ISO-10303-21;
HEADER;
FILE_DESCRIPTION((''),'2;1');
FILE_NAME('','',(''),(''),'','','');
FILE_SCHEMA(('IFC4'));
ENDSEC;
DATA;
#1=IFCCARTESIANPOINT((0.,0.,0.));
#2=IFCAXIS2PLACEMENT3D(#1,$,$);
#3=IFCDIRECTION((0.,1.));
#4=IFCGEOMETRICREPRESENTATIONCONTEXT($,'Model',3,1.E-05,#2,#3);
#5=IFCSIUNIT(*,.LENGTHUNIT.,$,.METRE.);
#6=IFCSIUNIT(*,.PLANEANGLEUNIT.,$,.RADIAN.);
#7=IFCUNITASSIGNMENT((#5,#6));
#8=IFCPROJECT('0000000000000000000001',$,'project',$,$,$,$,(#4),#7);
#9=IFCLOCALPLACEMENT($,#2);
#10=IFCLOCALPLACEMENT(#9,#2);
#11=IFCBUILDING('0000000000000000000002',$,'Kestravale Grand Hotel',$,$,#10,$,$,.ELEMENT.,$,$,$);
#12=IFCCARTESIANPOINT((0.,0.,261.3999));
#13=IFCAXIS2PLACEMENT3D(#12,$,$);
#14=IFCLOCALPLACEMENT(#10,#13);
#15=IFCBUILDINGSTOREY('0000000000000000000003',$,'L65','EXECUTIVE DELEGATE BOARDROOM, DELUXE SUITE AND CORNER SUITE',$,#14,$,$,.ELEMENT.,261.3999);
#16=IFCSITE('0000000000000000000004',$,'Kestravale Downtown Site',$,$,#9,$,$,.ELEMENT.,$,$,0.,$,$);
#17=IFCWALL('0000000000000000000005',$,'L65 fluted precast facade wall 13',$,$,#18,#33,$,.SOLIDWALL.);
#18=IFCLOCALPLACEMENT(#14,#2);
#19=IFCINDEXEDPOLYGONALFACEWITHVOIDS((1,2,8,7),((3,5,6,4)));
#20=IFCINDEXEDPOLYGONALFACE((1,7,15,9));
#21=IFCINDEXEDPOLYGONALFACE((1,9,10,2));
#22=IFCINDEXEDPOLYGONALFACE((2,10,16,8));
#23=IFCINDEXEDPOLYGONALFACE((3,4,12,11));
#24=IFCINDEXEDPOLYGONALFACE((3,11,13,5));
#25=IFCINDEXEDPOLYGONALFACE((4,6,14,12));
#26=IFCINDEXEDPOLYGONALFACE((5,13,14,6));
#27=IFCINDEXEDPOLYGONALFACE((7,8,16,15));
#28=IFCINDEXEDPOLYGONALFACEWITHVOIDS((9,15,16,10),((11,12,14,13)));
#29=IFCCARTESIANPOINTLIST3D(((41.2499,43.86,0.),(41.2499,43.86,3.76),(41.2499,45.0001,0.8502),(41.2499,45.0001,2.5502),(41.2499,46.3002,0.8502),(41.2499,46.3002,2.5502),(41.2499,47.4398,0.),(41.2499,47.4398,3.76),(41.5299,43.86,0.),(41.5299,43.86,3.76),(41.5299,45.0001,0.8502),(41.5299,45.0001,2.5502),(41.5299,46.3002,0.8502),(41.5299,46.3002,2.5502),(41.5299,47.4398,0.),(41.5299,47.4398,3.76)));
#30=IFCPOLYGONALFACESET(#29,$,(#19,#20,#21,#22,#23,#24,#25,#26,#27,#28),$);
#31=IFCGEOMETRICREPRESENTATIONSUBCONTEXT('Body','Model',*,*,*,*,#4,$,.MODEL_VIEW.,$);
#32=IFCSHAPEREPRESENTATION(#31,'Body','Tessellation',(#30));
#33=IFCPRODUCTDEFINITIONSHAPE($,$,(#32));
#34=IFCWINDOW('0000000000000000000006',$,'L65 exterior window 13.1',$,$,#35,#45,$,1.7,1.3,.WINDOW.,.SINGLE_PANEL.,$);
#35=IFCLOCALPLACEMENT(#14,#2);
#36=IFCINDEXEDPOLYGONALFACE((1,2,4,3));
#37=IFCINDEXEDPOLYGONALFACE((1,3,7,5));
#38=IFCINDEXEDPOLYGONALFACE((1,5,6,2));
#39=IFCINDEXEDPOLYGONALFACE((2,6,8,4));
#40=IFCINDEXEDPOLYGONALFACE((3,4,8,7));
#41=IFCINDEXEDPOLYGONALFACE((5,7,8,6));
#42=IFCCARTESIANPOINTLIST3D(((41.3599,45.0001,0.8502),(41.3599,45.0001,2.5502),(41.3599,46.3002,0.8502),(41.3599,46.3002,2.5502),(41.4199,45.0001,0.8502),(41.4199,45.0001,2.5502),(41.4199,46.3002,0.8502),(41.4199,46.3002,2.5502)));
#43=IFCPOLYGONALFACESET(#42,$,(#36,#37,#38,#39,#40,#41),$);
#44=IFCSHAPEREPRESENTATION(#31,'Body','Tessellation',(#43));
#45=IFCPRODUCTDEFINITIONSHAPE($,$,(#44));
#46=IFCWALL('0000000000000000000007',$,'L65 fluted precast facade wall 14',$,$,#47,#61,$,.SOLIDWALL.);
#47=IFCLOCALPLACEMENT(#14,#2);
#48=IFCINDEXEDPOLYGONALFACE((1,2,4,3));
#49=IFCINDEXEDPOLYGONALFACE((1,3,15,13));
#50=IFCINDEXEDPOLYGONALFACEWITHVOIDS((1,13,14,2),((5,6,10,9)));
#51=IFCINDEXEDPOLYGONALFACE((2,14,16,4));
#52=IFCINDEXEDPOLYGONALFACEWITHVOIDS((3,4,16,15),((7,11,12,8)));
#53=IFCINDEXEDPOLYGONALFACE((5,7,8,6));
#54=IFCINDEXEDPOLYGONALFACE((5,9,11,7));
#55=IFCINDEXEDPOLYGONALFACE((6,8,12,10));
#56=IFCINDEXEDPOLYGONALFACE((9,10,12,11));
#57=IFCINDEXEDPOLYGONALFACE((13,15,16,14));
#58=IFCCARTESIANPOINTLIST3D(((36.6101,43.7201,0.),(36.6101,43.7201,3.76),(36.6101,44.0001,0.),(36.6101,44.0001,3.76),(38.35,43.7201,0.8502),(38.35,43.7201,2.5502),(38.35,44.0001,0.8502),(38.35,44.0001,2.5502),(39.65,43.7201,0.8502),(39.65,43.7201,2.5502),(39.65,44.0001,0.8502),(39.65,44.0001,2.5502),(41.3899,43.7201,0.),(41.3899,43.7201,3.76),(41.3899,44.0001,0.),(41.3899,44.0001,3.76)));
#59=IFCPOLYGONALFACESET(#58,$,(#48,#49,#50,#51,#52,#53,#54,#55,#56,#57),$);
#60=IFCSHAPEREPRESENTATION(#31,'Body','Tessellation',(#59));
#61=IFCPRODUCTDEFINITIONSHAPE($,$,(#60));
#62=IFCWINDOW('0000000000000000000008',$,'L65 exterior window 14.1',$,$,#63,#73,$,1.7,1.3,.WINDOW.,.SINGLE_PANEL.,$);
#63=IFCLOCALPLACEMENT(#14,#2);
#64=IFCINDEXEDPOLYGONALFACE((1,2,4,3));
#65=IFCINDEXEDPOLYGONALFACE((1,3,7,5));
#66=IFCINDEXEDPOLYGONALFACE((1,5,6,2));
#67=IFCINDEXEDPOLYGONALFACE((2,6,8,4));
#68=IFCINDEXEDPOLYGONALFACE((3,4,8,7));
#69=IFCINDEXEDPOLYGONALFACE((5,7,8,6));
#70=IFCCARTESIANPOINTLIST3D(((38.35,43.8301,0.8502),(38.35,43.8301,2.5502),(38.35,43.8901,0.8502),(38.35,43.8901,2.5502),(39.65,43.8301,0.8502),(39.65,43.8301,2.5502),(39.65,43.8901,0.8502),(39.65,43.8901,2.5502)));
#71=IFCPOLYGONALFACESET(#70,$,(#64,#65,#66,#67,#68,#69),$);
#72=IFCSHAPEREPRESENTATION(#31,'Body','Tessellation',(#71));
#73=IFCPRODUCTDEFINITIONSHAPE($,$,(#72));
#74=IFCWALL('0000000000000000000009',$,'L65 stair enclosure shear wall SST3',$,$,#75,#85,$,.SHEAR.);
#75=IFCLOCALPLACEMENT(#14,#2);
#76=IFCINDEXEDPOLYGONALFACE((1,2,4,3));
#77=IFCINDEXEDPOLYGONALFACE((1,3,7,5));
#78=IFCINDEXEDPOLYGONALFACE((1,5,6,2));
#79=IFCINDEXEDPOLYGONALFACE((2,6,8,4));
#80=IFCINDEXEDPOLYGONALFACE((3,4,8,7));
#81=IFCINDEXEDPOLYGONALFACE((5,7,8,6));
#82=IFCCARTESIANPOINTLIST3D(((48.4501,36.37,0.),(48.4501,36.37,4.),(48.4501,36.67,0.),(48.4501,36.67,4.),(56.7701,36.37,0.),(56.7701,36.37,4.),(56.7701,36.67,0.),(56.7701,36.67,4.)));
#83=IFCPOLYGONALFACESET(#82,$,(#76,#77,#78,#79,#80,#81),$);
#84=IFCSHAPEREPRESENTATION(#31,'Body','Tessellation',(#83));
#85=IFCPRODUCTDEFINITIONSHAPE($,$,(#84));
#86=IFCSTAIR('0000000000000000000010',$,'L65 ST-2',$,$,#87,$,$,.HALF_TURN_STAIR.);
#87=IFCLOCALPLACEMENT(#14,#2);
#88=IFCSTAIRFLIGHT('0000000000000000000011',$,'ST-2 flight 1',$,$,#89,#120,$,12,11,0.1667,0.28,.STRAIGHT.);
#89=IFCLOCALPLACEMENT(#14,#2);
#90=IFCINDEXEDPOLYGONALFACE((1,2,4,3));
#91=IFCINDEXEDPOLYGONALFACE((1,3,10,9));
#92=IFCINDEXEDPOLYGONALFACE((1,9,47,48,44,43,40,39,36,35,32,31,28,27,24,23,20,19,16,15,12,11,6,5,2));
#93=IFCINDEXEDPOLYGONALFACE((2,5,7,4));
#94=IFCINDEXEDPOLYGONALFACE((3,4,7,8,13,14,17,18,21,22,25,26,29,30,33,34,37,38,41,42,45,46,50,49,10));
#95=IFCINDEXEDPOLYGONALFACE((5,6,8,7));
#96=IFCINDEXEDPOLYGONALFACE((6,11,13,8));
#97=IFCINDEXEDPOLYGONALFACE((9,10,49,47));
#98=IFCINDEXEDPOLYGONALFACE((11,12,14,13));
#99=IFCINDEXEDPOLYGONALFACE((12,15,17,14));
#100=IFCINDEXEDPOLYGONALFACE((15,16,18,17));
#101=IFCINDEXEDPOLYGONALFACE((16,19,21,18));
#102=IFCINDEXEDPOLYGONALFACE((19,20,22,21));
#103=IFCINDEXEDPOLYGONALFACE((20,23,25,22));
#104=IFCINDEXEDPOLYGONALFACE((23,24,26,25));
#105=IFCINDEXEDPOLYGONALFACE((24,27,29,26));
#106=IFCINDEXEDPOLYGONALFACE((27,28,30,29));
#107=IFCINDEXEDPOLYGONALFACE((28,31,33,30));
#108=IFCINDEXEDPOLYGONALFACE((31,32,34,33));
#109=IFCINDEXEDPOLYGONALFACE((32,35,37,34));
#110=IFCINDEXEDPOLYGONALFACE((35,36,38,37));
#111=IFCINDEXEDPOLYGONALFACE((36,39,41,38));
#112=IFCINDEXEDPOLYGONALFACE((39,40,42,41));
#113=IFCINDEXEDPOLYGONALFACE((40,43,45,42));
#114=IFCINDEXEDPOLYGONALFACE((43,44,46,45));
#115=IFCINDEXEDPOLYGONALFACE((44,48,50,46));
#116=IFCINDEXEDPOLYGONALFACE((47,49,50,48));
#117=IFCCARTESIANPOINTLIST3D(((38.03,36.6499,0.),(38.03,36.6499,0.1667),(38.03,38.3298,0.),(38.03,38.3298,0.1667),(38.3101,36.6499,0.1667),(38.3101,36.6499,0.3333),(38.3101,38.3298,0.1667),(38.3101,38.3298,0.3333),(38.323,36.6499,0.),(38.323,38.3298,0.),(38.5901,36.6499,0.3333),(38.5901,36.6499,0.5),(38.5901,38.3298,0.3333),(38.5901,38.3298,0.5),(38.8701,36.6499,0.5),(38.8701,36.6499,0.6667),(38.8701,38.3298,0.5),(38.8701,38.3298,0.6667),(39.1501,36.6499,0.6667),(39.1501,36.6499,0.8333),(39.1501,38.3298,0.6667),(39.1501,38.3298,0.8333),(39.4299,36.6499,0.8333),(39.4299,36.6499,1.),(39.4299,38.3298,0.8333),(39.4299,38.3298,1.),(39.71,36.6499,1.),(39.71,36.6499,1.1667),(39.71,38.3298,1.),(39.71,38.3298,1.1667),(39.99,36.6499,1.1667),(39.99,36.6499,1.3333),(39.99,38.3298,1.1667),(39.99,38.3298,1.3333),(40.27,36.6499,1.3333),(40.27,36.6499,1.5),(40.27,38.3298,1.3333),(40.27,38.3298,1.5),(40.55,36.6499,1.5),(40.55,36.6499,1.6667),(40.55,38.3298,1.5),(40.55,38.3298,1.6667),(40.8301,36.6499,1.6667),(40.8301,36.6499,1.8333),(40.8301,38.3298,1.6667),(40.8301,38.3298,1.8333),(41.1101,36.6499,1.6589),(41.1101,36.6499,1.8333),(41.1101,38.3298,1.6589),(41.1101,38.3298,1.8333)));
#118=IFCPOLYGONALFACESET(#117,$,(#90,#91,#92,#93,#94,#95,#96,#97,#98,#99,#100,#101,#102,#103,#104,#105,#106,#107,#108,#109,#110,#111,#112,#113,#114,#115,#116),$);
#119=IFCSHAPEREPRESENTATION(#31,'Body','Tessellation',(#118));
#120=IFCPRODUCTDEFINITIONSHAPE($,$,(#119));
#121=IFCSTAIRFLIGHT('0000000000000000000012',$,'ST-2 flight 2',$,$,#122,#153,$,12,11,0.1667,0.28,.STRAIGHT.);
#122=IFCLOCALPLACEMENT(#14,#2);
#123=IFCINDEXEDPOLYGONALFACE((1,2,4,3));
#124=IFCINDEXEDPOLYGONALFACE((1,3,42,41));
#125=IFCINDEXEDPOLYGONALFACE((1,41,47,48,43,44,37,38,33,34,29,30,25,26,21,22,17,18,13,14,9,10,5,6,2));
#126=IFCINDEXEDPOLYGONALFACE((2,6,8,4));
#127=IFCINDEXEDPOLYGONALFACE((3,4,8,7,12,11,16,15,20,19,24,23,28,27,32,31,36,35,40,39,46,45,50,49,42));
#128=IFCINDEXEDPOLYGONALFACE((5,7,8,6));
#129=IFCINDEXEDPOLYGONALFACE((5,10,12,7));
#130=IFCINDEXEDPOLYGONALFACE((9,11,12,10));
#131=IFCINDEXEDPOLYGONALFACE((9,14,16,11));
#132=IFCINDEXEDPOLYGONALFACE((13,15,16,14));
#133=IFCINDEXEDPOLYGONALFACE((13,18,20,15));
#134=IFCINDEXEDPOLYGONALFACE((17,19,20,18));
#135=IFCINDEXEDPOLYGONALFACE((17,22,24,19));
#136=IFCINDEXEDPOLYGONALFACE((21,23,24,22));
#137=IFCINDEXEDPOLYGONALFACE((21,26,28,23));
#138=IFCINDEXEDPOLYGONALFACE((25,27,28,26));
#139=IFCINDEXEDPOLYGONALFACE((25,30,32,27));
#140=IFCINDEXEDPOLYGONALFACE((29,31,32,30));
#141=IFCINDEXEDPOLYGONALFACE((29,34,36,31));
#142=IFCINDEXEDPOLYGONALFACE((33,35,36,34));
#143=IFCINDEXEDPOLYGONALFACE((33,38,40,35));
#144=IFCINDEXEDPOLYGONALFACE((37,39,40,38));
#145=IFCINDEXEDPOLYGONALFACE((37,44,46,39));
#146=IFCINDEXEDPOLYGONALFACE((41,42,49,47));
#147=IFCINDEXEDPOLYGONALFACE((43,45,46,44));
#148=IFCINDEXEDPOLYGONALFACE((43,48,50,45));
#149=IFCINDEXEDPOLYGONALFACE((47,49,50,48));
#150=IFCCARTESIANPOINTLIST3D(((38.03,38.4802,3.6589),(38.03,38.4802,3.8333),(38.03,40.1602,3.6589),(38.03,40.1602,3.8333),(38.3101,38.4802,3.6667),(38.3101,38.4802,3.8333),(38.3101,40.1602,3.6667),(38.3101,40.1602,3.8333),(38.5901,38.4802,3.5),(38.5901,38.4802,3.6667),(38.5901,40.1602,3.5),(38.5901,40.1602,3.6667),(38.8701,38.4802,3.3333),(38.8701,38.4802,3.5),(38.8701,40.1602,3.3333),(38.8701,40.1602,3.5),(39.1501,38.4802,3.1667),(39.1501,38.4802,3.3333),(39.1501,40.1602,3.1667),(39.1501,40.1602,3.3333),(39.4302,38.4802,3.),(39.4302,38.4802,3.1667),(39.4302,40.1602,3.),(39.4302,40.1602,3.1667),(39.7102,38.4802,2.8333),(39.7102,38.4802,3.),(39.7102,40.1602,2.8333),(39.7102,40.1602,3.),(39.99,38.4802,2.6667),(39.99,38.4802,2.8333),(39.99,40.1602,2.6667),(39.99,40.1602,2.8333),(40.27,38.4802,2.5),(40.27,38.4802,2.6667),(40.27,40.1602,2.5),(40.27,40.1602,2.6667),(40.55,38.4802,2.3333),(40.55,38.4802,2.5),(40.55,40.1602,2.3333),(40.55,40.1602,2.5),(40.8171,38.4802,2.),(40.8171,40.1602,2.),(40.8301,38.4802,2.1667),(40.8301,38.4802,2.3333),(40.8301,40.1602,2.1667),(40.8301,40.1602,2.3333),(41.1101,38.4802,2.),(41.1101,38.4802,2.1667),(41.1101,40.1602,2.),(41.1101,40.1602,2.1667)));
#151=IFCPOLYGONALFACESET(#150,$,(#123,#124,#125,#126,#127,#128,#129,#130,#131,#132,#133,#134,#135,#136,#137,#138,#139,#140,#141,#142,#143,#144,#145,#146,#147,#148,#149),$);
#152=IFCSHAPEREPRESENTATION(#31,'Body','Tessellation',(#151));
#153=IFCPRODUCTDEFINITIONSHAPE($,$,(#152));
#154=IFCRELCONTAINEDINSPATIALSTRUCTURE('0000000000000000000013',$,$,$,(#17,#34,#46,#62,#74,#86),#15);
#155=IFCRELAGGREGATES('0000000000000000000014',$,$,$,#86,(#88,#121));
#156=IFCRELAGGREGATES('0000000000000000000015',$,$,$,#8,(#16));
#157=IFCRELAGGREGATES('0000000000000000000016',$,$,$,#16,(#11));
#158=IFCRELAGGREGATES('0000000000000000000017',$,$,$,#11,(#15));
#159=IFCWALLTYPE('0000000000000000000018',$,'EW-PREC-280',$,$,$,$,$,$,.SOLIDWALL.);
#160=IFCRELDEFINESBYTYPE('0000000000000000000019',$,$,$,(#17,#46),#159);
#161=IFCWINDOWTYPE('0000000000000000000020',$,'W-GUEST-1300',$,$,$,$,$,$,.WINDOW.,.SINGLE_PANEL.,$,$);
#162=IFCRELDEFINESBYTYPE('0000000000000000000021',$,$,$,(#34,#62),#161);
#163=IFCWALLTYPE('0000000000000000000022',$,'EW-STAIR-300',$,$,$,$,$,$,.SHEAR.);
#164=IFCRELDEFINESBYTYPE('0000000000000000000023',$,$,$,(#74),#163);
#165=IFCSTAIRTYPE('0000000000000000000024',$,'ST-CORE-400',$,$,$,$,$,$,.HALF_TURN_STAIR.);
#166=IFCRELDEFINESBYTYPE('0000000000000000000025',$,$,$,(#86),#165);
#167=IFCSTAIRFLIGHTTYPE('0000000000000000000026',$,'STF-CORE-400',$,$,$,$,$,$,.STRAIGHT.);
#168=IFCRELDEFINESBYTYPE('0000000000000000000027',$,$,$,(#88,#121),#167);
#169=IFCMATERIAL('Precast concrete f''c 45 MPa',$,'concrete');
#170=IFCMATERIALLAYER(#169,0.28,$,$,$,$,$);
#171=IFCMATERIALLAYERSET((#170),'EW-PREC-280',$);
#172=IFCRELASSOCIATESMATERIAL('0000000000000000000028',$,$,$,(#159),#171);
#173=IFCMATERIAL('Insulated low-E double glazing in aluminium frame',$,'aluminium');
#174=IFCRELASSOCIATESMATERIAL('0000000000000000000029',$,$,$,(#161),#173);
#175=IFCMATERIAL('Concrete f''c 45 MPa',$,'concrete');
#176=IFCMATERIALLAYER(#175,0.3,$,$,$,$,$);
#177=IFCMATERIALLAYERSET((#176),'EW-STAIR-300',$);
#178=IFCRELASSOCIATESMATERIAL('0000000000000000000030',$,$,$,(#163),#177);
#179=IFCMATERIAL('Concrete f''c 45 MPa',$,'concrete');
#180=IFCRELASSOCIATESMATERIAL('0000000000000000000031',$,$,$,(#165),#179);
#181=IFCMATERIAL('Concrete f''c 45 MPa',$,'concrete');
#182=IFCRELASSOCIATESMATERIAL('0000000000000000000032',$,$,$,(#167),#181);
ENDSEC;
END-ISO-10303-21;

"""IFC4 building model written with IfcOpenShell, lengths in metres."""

from ifc_helpers import new_model, si_unit, direction, frame, frame_2d, origin, place, context, subcontext, project, spatial, polyline, rectangle, outline, extrude, material, layer, layer_set, type_object, element, fill, aggregate, save


model = new_model("IFC4")

# Units and contexts
model_context = context("Model", 3, precision=1e-05, world=origin(), true_north=direction((0.0, 1.0)))
body_context = subcontext(model_context, "Body", "Model", "MODEL_VIEW")
ifc_project = project(units=[si_unit("LENGTHUNIT", "METRE"), si_unit("PLANEANGLEUNIT", "RADIAN")], contexts=[model_context])

# Site, building, storey
site_placement = place(None, origin())
site = spatial("IfcSite", under=ifc_project, at=site_placement, Name="Kestravale Downtown Site", CompositionType="ELEMENT", RefElevation=0.0)
building_placement = place(site_placement, origin())
building = spatial("IfcBuilding", under=site, at=building_placement, Name="Kestravale Grand Hotel", CompositionType="ELEMENT")
storey_placement = place(building_placement, frame((0.0, 0.0, 261.3999)))
storey = spatial("IfcBuildingStorey", under=building, at=storey_placement, Name="L65", Description="EXECUTIVE DELEGATE BOARDROOM, DELUXE SUITE AND CORNER SUITE", CompositionType="ELEMENT", Elevation=261.3999)

# Shared definitions
ifc_material_1 = material(Name="Precast concrete f'c 45 MPa", Category="concrete")
ifc_layer_1 = layer(ifc_material_1, 0.28)
ifc_layer_set_1 = layer_set([ifc_layer_1], Name="EW-PREC-280")
wall_type_1 = type_object("IfcWallType", Name="EW-PREC-280", PredefinedType="SOLIDWALL", material=ifc_layer_set_1)

# Walls, openings, windows
wall_1_placement = place(storey_placement, frame((41.3899, 47.4399, 0.0), z_axis=(0.0, 0.0, 1.0), x_axis=(0.0, -1.0, 0.0)))
wall_1 = element("IfcWall", 1, at=wall_1_placement, inside=storey, type_object=wall_type_1, Name="L65 fluted precast facade wall 13", PredefinedType="SOLIDWALL", context=body_context, shape_type="SweptSolid", body=[
    extrude(rectangle(XDim=3.5798, YDim=0.28, at=frame_2d((1.79, 0.0))), origin(), (0.0, 0.0, 1.0), 3.76),
])
opening_1_placement = place(wall_1_placement, frame((1.1399, 0.0, 0.8501)))
opening_1 = element("IfcOpeningElement", 2, at=opening_1_placement, cuts=wall_1, PredefinedType="OPENING", context=body_context, shape_type="SweptSolid", body=[
    extrude(rectangle(XDim=1.3, YDim=1.7, at=frame_2d((0.6499, 0.8501))), frame((0.0, 0.1499, 0.0), z_axis=(0.0, -1.0, 0.0), x_axis=(1.0, 0.0, 0.0)), (0.0, 0.0, 1.0), 0.3),
])
ifc_material_2 = material(Name="Insulated low-E double glazing in aluminium frame", Category="aluminium")
window_type = type_object("IfcWindowType", Name="W-GUEST-1300", PartitioningType="SINGLE_PANEL", PredefinedType="WINDOW", material=ifc_material_2)
window_1_placement = place(opening_1_placement, origin())
window_1 = element("IfcWindow", 3, at=window_1_placement, inside=storey, type_object=window_type, Name="L65 exterior window 13.1", OverallHeight=1.7, OverallWidth=1.3, PartitioningType="SINGLE_PANEL", PredefinedType="WINDOW", context=body_context, shape_type="SweptSolid", body=[
    extrude(rectangle(XDim=1.3, YDim=1.7, at=frame_2d((0.6499, 0.8501))), frame((0.0, 0.03, 0.0), z_axis=(0.0, -1.0, 0.0), x_axis=(1.0, 0.0, 0.0)), (0.0, 0.0, 1.0), 0.0601),
])
fill(opening_1, window_1)
wall_2_placement = place(storey_placement, frame((41.3899, 43.8601, 0.0), z_axis=(0.0, 0.0, 1.0), x_axis=(-1.0, 0.0, 0.0)))
wall_2 = element("IfcWall", 4, at=wall_2_placement, inside=storey, type_object=wall_type_1, Name="L65 fluted precast facade wall 14", PredefinedType="SOLIDWALL", context=body_context, shape_type="SweptSolid", body=[
    extrude(rectangle(XDim=4.7798, YDim=0.28, at=frame_2d((2.3899, 0.0))), origin(), (0.0, 0.0, 1.0), 3.76),
])
opening_2_placement = place(wall_2_placement, frame((1.74, 0.0, 0.8501)))
opening_2 = element("IfcOpeningElement", 5, at=opening_2_placement, cuts=wall_2, PredefinedType="OPENING", context=body_context, shape_type="SweptSolid", body=[
    extrude(rectangle(XDim=1.3, YDim=1.7, at=frame_2d((0.6499, 0.8501))), frame((0.0, 0.1499, 0.0), z_axis=(0.0, -1.0, 0.0), x_axis=(1.0, 0.0, 0.0)), (0.0, 0.0, 1.0), 0.3),
])
window_2_placement = place(opening_2_placement, origin())
window_2 = element("IfcWindow", 6, at=window_2_placement, inside=storey, type_object=window_type, Name="L65 exterior window 14.1", OverallHeight=1.7, OverallWidth=1.3, PartitioningType="SINGLE_PANEL", PredefinedType="WINDOW", context=body_context, shape_type="SweptSolid", body=[
    extrude(rectangle(XDim=1.3, YDim=1.7, at=frame_2d((0.6499, 0.8501))), frame((0.0, 0.03, 0.0), z_axis=(0.0, -1.0, 0.0), x_axis=(1.0, 0.0, 0.0)), (0.0, 0.0, 1.0), 0.0601),
])
fill(opening_2, window_2)

# Wall
ifc_material_3 = material(Name="Concrete f'c 45 MPa", Category="concrete")
ifc_layer_2 = layer(ifc_material_3, 0.3)
ifc_layer_set_2 = layer_set([ifc_layer_2], Name="EW-STAIR-300")
wall_type_2 = type_object("IfcWallType", Name="EW-STAIR-300", PredefinedType="SHEAR", material=ifc_layer_set_2)
wall_3_placement = place(storey_placement, frame((48.45, 36.52, 0.0), z_axis=(0.0, 0.0, 1.0), x_axis=(1.0, 0.0, 0.0)))
element("IfcWall", 7, at=wall_3_placement, inside=storey, type_object=wall_type_2, Name="L65 stair enclosure shear wall SST3", PredefinedType="SHEAR", context=body_context, shape_type="SweptSolid", body=[
    extrude(rectangle(XDim=8.3201, YDim=0.3, at=frame_2d((4.1602, 0.0))), origin(), (0.0, 0.0, 1.0), 4.0),
])

# Stair, stair flights
ifc_material_4 = material(Name="Concrete f'c 45 MPa", Category="concrete")
stair_type = type_object("IfcStairType", Name="ST-CORE-400", PredefinedType="HALF_TURN_STAIR", material=ifc_material_4)
stair_placement = place(storey_placement, origin())
stair = element("IfcStair", 8, at=stair_placement, inside=storey, type_object=stair_type, Name="L65 ST-2", PredefinedType="HALF_TURN_STAIR")
ifc_material_5 = material(Name="Concrete f'c 45 MPa", Category="concrete")
stair_flight_type = type_object("IfcStairFlightType", Name="STF-CORE-400", PredefinedType="STRAIGHT", material=ifc_material_5)
stair_flight_1_placement = place(storey_placement, frame((38.03, 37.49, 0.0), z_axis=(0.0, 0.0, 1.0), x_axis=(1.0, 0.0, 0.0)))
stair_flight_1 = element("IfcStairFlight", 9, at=stair_flight_1_placement, type_object=stair_flight_type, Name="ST-2 flight 1", NumberOfRisers=12, NumberOfTreads=11, PredefinedType="STRAIGHT", RiserHeight=0.1667, TreadLength=0.28, context=body_context, shape_type="SweptSolid", body=[
    extrude(outline(polyline([(0.0, 0.0), (0.0, 0.1667), (0.28, 0.1667), (0.28, 0.3333), (0.5601, 0.3333), (0.5601, 0.5), (0.8401, 0.5), (0.8401, 0.6667), (1.1201, 0.6667), (1.1201, 0.8333), (1.3999, 0.8333), (1.3999, 1.0), (1.6799, 1.0), (1.6799, 1.1667), (1.96, 1.1667), (1.96, 1.3333), (2.24, 1.3333), (2.24, 1.5), (2.52, 1.5), (2.52, 1.6667), (2.8, 1.6667), (2.8, 1.8333), (3.0801, 1.8333), (3.0801, 2.0), (3.0801, 1.6589), (0.293, 0.0), (0.0, 0.0)])), frame((0.0, 0.8398, 0.0), z_axis=(0.0, -1.0, 0.0), x_axis=(1.0, 0.0, 0.0)), (0.0, 0.0, 1.0), 1.6799),
])
stair_flight_2_placement = place(storey_placement, frame((41.1101, 39.3201, 2.0), z_axis=(0.0, 0.0, 1.0), x_axis=(-1.0, 0.0, 0.0)))
stair_flight_2 = element("IfcStairFlight", 10, at=stair_flight_2_placement, type_object=stair_flight_type, Name="ST-2 flight 2", NumberOfRisers=12, NumberOfTreads=11, PredefinedType="STRAIGHT", RiserHeight=0.1667, TreadLength=0.28, context=body_context, shape_type="SweptSolid", body=[
    extrude(outline(polyline([(0.0, 0.0), (0.0, 0.1667), (0.28, 0.1667), (0.28, 0.3333), (0.5601, 0.3333), (0.5601, 0.5), (0.8401, 0.5), (0.8401, 0.6667), (1.1201, 0.6667), (1.1201, 0.8333), (1.3999, 0.8333), (1.3999, 1.0), (1.6799, 1.0), (1.6799, 1.1667), (1.96, 1.1667), (1.96, 1.3333), (2.24, 1.3333), (2.24, 1.5), (2.52, 1.5), (2.52, 1.6667), (2.8, 1.6667), (2.8, 1.8333), (3.0801, 1.8333), (3.0801, 2.0), (3.0801, 1.6589), (0.293, 0.0), (0.0, 0.0)])), frame((0.0, 0.8398, 0.0), z_axis=(0.0, -1.0, 0.0), x_axis=(1.0, 0.0, 0.0)), (0.0, 0.0, 1.0), 1.6799),
])
aggregate(stair, [stair_flight_1, stair_flight_2])

save(model, "model.ifc")
